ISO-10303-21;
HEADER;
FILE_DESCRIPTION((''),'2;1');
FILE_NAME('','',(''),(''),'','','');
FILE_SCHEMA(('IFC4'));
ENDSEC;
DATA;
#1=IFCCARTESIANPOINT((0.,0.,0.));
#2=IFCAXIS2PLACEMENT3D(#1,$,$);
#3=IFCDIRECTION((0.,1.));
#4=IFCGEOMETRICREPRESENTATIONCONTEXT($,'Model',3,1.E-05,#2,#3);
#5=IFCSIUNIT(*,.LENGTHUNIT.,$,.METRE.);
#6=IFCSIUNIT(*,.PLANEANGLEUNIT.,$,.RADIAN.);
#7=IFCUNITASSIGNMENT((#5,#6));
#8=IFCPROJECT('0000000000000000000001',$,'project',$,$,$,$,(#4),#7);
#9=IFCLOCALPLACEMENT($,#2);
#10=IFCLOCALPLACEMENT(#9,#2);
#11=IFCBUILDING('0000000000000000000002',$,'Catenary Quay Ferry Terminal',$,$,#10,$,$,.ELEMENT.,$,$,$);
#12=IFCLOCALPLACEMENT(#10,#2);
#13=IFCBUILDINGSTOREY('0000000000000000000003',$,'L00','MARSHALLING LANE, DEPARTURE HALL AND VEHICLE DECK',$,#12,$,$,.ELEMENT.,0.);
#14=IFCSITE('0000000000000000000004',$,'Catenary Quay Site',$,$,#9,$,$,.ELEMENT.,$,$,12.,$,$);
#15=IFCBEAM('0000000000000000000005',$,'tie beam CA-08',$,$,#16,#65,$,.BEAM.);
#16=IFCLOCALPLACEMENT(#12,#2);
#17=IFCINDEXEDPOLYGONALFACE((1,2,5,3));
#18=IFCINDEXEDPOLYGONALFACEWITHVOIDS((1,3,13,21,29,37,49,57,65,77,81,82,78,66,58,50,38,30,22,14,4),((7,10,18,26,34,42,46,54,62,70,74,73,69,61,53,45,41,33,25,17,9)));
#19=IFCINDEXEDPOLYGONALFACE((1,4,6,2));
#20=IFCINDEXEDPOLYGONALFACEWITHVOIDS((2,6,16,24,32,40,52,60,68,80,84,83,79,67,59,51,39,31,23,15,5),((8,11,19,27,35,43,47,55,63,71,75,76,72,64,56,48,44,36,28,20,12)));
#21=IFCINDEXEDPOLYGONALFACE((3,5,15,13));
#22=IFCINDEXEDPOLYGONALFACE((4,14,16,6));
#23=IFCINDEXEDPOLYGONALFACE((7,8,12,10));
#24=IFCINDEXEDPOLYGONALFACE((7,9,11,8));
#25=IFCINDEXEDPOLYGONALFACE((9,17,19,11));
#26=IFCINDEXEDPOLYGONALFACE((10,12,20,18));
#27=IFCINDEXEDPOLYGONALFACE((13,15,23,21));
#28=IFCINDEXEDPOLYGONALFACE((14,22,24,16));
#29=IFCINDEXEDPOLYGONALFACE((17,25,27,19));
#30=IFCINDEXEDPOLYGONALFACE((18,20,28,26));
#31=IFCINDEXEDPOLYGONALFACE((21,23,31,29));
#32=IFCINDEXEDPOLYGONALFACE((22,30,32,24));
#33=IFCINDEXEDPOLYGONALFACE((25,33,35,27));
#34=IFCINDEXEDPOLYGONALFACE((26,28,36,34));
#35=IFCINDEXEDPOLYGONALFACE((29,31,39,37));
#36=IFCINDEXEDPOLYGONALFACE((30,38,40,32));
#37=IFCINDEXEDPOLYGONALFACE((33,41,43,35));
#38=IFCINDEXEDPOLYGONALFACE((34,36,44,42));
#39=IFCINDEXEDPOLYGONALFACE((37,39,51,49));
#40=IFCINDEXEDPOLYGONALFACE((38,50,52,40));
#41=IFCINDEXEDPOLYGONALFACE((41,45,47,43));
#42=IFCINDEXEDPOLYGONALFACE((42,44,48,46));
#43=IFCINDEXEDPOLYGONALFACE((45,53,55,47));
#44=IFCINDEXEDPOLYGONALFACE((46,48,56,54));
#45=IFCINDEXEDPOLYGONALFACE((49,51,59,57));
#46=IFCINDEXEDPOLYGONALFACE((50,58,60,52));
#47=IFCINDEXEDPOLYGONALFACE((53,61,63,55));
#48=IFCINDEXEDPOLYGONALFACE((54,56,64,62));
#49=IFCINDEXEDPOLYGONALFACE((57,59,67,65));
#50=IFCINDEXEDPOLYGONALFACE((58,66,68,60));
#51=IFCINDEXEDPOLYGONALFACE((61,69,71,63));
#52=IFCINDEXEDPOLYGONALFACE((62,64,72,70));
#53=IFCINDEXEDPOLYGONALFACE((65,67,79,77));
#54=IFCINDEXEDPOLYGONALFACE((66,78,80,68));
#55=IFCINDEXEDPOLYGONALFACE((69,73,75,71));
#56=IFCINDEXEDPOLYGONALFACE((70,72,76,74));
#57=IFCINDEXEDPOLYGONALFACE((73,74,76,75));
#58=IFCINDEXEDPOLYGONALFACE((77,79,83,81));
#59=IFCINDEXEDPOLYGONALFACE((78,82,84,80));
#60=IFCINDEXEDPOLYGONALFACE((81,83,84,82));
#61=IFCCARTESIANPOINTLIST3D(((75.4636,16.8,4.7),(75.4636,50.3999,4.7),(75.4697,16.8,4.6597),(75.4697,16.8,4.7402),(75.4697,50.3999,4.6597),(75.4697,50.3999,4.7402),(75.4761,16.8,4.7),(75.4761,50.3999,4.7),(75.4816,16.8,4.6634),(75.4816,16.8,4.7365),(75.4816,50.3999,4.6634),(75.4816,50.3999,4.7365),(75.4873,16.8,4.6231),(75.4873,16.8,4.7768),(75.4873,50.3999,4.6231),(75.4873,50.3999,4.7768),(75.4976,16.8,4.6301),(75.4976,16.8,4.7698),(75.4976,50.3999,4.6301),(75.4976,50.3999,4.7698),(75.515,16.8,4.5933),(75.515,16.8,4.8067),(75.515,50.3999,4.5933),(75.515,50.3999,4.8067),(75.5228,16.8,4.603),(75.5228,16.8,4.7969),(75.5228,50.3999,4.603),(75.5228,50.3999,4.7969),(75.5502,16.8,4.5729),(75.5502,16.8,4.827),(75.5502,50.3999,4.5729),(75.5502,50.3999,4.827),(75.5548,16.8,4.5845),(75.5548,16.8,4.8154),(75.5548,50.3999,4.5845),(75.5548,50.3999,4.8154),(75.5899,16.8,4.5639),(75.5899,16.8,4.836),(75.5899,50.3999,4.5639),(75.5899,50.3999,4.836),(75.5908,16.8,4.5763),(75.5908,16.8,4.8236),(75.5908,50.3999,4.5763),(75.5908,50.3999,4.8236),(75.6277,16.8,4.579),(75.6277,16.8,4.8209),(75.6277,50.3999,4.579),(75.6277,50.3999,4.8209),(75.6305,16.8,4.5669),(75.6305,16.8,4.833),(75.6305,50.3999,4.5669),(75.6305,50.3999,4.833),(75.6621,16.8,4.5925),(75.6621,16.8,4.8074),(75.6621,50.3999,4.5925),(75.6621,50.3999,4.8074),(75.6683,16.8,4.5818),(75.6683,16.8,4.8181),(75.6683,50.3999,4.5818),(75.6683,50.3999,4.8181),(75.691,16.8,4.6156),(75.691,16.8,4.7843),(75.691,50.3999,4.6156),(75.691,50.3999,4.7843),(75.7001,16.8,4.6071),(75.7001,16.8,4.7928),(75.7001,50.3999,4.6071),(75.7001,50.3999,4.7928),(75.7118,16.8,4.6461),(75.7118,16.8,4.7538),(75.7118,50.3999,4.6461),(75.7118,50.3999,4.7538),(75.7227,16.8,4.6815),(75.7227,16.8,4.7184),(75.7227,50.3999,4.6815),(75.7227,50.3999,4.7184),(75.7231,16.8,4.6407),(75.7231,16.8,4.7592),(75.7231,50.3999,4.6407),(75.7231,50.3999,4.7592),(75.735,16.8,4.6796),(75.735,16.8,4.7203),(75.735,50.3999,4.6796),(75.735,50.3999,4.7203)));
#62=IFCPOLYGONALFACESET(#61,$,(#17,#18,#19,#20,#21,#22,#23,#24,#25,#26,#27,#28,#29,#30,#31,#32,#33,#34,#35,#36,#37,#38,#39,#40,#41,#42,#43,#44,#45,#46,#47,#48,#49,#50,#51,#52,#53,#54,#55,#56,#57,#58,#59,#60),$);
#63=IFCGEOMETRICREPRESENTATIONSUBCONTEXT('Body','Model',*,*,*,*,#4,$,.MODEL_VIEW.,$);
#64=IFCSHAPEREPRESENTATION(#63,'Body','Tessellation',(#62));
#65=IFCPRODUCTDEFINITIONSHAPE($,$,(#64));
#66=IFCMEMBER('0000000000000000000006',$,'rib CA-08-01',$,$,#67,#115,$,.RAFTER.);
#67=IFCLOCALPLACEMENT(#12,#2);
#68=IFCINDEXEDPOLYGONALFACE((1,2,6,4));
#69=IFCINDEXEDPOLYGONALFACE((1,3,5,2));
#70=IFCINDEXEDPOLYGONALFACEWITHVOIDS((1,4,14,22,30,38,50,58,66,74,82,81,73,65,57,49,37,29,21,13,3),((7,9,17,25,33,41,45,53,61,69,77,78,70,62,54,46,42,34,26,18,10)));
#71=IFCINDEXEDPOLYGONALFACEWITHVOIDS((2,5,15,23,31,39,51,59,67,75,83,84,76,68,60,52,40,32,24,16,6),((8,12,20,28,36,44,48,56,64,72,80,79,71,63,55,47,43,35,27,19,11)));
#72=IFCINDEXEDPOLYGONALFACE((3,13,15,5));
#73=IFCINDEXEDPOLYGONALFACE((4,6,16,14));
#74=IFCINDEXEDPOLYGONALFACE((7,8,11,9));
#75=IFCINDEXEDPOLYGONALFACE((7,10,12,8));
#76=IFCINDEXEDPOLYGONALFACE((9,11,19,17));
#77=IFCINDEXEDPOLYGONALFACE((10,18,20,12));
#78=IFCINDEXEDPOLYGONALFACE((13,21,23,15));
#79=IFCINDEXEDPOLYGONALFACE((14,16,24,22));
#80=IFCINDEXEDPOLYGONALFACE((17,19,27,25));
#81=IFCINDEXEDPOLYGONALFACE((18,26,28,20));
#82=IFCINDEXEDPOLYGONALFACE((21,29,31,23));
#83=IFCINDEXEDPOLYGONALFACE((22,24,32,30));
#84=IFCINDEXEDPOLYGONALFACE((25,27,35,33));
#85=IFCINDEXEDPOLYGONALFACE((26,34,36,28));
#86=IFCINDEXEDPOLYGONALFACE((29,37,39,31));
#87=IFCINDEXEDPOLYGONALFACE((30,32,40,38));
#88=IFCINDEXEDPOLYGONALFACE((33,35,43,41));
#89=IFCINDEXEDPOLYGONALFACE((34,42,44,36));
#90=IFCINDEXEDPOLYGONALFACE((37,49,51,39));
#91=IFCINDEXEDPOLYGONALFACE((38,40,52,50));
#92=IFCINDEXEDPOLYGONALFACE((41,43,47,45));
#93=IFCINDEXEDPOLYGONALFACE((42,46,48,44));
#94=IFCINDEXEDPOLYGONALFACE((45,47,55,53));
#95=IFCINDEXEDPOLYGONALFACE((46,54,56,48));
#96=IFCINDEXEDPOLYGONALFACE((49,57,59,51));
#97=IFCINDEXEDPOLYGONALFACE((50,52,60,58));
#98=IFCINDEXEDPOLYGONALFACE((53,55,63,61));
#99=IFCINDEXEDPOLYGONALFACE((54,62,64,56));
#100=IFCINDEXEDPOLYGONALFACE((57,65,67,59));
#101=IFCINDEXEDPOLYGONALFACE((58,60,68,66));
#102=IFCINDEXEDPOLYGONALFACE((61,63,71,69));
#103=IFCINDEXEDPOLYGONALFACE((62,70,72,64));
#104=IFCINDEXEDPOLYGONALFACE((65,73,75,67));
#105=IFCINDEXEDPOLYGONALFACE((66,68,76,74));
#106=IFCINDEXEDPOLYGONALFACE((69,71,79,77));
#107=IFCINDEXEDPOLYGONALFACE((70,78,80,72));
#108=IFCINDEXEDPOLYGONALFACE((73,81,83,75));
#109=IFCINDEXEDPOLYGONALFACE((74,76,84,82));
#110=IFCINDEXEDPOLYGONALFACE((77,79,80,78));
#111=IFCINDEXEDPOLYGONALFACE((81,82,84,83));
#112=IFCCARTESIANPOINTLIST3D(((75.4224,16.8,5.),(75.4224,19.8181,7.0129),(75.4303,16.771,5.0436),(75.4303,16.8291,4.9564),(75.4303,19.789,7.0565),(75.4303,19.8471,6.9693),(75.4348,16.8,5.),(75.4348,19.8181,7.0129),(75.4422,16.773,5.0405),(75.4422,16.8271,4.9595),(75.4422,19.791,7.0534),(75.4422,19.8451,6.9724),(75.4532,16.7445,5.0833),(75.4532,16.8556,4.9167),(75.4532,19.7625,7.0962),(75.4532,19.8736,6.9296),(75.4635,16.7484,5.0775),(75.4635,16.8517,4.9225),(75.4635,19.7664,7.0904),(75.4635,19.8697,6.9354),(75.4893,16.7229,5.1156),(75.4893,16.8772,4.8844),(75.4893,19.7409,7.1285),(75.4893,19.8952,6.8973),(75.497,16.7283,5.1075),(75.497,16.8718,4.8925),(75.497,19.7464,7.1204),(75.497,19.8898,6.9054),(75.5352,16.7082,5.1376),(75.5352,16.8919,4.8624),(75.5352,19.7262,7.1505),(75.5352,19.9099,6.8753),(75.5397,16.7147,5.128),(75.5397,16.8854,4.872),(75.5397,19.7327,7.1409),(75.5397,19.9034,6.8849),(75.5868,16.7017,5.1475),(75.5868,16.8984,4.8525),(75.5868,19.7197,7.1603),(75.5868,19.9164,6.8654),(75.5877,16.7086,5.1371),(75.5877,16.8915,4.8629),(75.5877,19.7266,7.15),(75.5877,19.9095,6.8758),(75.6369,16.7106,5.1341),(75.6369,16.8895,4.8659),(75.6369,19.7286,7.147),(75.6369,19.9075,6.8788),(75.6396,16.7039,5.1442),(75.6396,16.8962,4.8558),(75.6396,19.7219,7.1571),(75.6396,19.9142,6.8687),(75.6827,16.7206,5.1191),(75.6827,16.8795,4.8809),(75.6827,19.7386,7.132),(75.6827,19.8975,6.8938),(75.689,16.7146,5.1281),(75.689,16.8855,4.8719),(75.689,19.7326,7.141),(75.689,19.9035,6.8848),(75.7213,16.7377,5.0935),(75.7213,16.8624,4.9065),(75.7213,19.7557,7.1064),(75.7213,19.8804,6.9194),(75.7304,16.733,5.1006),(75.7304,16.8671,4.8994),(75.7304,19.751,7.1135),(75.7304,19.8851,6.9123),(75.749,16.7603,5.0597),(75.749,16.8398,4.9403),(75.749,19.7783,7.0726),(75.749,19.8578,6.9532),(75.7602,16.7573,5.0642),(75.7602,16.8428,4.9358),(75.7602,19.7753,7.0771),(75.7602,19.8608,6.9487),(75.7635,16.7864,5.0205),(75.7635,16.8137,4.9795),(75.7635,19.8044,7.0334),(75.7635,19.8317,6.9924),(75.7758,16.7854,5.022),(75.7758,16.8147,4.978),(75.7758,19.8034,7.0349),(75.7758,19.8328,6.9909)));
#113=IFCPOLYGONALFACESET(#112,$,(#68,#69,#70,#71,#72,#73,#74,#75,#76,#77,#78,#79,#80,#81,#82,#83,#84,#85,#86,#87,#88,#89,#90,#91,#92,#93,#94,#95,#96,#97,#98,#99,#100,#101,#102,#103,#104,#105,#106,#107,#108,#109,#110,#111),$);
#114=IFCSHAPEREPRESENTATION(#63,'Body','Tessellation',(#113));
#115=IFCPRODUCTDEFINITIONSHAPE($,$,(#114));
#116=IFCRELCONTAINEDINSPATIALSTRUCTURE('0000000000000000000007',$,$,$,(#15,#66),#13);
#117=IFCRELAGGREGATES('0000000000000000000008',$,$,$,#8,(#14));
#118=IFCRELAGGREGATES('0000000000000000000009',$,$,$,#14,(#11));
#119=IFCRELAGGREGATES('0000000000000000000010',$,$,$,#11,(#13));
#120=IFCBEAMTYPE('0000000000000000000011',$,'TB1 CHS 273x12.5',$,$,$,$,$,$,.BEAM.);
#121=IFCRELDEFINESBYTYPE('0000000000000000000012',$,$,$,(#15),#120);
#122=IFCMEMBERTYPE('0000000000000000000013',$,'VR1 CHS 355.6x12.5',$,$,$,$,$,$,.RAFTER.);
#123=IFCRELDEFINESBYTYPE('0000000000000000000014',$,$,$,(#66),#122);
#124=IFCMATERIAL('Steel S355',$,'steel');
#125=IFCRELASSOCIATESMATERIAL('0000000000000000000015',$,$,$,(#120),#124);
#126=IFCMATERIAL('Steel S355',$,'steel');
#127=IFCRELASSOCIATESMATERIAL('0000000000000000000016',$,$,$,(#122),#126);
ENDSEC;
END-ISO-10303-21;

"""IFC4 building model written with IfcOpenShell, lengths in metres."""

from ifc_helpers import new_model, si_unit, direction, frame, origin, origin_2d, place, context, subcontext, project, spatial, hollow_circle, extrude, material, material_profile, profile_set, type_object, element, save


model = new_model("IFC4")

# Units and contexts
model_context = context("Model", 3, precision=1e-05, world=origin(), true_north=direction((0.0, 1.0)))
body_context = subcontext(model_context, "Body", "Model", "MODEL_VIEW")
ifc_project = project(units=[si_unit("LENGTHUNIT", "METRE"), si_unit("PLANEANGLEUNIT", "RADIAN")], contexts=[model_context])

# Site, building, storey
site_placement = place(None, origin())
site = spatial("IfcSite", under=ifc_project, at=site_placement, Name="Catenary Quay Site", CompositionType="ELEMENT", RefElevation=12.0)
building_placement = place(site_placement, origin())
building = spatial("IfcBuilding", under=site, at=building_placement, Name="Catenary Quay Ferry Terminal", CompositionType="ELEMENT")
storey_placement = place(building_placement, origin())
storey = spatial("IfcBuildingStorey", under=building, at=storey_placement, Name="L00", Description="MARSHALLING LANE, DEPARTURE HALL AND VEHICLE DECK", CompositionType="ELEMENT", Elevation=0.0)

# Beam
ifc_material_1 = material(Name="Steel S355", Category="steel")
ifc_material_profile_1 = material_profile(ifc_material_1, hollow_circle(Radius=0.1365, WallThickness=0.0125, at=origin_2d()), Name="CHS 273x12.5")
ifc_profile_set_1 = profile_set([ifc_material_profile_1], Name="Steel S355")
beam_type_1 = type_object("IfcBeamType", Name="TB1 CHS 273x12.5", PredefinedType="BEAM", material=ifc_profile_set_1)
for number, where, z_axis, x_axis, name in (
    (1, (75.6001, 16.8, 4.7), (0.0, 1.0, 0.0), (-1.0, 0.0, 0.0), "tie beam CA-08"),
):
    element("IfcBeam", number, at=place(storey_placement, frame(where, z_axis=z_axis, x_axis=x_axis)), inside=storey, type_object=beam_type_1, Name=name, PredefinedType="BEAM", context=body_context, shape_type="SweptSolid", body=[
        extrude(hollow_circle(Radius=0.1365, WallThickness=0.0125, at=origin_2d()), origin(), (0.0, 0.0, 1.0), 33.5999),
    ])

# Member
ifc_material_2 = material(Name="Steel S355", Category="steel")
ifc_material_profile_2 = material_profile(ifc_material_2, hollow_circle(Radius=0.1777, WallThickness=0.0125, at=origin_2d()), Name="CHS 355.6x12.5")
ifc_profile_set_2 = profile_set([ifc_material_profile_2], Name="Steel S355")
member_type_1 = type_object("IfcMemberType", Name="VR1 CHS 355.6x12.5", PredefinedType="RAFTER", material=ifc_profile_set_2)
member_1_placement = place(storey_placement, frame((75.6001, 16.8, 5.0), z_axis=(0.0, 0.831936, 0.554871), x_axis=(-1.0, 0.0, 0.0)))
element("IfcMember", 2, at=member_1_placement, inside=storey, type_object=member_type_1, Name="rib CA-08-01", PredefinedType="RAFTER", context=body_context, shape_type="SweptSolid", body=[
    extrude(hollow_circle(Radius=0.1777, WallThickness=0.0125, at=origin_2d()), origin(), (0.0, 0.0, 1.0), 3.6277),
])

save(model, "model.ifc")
